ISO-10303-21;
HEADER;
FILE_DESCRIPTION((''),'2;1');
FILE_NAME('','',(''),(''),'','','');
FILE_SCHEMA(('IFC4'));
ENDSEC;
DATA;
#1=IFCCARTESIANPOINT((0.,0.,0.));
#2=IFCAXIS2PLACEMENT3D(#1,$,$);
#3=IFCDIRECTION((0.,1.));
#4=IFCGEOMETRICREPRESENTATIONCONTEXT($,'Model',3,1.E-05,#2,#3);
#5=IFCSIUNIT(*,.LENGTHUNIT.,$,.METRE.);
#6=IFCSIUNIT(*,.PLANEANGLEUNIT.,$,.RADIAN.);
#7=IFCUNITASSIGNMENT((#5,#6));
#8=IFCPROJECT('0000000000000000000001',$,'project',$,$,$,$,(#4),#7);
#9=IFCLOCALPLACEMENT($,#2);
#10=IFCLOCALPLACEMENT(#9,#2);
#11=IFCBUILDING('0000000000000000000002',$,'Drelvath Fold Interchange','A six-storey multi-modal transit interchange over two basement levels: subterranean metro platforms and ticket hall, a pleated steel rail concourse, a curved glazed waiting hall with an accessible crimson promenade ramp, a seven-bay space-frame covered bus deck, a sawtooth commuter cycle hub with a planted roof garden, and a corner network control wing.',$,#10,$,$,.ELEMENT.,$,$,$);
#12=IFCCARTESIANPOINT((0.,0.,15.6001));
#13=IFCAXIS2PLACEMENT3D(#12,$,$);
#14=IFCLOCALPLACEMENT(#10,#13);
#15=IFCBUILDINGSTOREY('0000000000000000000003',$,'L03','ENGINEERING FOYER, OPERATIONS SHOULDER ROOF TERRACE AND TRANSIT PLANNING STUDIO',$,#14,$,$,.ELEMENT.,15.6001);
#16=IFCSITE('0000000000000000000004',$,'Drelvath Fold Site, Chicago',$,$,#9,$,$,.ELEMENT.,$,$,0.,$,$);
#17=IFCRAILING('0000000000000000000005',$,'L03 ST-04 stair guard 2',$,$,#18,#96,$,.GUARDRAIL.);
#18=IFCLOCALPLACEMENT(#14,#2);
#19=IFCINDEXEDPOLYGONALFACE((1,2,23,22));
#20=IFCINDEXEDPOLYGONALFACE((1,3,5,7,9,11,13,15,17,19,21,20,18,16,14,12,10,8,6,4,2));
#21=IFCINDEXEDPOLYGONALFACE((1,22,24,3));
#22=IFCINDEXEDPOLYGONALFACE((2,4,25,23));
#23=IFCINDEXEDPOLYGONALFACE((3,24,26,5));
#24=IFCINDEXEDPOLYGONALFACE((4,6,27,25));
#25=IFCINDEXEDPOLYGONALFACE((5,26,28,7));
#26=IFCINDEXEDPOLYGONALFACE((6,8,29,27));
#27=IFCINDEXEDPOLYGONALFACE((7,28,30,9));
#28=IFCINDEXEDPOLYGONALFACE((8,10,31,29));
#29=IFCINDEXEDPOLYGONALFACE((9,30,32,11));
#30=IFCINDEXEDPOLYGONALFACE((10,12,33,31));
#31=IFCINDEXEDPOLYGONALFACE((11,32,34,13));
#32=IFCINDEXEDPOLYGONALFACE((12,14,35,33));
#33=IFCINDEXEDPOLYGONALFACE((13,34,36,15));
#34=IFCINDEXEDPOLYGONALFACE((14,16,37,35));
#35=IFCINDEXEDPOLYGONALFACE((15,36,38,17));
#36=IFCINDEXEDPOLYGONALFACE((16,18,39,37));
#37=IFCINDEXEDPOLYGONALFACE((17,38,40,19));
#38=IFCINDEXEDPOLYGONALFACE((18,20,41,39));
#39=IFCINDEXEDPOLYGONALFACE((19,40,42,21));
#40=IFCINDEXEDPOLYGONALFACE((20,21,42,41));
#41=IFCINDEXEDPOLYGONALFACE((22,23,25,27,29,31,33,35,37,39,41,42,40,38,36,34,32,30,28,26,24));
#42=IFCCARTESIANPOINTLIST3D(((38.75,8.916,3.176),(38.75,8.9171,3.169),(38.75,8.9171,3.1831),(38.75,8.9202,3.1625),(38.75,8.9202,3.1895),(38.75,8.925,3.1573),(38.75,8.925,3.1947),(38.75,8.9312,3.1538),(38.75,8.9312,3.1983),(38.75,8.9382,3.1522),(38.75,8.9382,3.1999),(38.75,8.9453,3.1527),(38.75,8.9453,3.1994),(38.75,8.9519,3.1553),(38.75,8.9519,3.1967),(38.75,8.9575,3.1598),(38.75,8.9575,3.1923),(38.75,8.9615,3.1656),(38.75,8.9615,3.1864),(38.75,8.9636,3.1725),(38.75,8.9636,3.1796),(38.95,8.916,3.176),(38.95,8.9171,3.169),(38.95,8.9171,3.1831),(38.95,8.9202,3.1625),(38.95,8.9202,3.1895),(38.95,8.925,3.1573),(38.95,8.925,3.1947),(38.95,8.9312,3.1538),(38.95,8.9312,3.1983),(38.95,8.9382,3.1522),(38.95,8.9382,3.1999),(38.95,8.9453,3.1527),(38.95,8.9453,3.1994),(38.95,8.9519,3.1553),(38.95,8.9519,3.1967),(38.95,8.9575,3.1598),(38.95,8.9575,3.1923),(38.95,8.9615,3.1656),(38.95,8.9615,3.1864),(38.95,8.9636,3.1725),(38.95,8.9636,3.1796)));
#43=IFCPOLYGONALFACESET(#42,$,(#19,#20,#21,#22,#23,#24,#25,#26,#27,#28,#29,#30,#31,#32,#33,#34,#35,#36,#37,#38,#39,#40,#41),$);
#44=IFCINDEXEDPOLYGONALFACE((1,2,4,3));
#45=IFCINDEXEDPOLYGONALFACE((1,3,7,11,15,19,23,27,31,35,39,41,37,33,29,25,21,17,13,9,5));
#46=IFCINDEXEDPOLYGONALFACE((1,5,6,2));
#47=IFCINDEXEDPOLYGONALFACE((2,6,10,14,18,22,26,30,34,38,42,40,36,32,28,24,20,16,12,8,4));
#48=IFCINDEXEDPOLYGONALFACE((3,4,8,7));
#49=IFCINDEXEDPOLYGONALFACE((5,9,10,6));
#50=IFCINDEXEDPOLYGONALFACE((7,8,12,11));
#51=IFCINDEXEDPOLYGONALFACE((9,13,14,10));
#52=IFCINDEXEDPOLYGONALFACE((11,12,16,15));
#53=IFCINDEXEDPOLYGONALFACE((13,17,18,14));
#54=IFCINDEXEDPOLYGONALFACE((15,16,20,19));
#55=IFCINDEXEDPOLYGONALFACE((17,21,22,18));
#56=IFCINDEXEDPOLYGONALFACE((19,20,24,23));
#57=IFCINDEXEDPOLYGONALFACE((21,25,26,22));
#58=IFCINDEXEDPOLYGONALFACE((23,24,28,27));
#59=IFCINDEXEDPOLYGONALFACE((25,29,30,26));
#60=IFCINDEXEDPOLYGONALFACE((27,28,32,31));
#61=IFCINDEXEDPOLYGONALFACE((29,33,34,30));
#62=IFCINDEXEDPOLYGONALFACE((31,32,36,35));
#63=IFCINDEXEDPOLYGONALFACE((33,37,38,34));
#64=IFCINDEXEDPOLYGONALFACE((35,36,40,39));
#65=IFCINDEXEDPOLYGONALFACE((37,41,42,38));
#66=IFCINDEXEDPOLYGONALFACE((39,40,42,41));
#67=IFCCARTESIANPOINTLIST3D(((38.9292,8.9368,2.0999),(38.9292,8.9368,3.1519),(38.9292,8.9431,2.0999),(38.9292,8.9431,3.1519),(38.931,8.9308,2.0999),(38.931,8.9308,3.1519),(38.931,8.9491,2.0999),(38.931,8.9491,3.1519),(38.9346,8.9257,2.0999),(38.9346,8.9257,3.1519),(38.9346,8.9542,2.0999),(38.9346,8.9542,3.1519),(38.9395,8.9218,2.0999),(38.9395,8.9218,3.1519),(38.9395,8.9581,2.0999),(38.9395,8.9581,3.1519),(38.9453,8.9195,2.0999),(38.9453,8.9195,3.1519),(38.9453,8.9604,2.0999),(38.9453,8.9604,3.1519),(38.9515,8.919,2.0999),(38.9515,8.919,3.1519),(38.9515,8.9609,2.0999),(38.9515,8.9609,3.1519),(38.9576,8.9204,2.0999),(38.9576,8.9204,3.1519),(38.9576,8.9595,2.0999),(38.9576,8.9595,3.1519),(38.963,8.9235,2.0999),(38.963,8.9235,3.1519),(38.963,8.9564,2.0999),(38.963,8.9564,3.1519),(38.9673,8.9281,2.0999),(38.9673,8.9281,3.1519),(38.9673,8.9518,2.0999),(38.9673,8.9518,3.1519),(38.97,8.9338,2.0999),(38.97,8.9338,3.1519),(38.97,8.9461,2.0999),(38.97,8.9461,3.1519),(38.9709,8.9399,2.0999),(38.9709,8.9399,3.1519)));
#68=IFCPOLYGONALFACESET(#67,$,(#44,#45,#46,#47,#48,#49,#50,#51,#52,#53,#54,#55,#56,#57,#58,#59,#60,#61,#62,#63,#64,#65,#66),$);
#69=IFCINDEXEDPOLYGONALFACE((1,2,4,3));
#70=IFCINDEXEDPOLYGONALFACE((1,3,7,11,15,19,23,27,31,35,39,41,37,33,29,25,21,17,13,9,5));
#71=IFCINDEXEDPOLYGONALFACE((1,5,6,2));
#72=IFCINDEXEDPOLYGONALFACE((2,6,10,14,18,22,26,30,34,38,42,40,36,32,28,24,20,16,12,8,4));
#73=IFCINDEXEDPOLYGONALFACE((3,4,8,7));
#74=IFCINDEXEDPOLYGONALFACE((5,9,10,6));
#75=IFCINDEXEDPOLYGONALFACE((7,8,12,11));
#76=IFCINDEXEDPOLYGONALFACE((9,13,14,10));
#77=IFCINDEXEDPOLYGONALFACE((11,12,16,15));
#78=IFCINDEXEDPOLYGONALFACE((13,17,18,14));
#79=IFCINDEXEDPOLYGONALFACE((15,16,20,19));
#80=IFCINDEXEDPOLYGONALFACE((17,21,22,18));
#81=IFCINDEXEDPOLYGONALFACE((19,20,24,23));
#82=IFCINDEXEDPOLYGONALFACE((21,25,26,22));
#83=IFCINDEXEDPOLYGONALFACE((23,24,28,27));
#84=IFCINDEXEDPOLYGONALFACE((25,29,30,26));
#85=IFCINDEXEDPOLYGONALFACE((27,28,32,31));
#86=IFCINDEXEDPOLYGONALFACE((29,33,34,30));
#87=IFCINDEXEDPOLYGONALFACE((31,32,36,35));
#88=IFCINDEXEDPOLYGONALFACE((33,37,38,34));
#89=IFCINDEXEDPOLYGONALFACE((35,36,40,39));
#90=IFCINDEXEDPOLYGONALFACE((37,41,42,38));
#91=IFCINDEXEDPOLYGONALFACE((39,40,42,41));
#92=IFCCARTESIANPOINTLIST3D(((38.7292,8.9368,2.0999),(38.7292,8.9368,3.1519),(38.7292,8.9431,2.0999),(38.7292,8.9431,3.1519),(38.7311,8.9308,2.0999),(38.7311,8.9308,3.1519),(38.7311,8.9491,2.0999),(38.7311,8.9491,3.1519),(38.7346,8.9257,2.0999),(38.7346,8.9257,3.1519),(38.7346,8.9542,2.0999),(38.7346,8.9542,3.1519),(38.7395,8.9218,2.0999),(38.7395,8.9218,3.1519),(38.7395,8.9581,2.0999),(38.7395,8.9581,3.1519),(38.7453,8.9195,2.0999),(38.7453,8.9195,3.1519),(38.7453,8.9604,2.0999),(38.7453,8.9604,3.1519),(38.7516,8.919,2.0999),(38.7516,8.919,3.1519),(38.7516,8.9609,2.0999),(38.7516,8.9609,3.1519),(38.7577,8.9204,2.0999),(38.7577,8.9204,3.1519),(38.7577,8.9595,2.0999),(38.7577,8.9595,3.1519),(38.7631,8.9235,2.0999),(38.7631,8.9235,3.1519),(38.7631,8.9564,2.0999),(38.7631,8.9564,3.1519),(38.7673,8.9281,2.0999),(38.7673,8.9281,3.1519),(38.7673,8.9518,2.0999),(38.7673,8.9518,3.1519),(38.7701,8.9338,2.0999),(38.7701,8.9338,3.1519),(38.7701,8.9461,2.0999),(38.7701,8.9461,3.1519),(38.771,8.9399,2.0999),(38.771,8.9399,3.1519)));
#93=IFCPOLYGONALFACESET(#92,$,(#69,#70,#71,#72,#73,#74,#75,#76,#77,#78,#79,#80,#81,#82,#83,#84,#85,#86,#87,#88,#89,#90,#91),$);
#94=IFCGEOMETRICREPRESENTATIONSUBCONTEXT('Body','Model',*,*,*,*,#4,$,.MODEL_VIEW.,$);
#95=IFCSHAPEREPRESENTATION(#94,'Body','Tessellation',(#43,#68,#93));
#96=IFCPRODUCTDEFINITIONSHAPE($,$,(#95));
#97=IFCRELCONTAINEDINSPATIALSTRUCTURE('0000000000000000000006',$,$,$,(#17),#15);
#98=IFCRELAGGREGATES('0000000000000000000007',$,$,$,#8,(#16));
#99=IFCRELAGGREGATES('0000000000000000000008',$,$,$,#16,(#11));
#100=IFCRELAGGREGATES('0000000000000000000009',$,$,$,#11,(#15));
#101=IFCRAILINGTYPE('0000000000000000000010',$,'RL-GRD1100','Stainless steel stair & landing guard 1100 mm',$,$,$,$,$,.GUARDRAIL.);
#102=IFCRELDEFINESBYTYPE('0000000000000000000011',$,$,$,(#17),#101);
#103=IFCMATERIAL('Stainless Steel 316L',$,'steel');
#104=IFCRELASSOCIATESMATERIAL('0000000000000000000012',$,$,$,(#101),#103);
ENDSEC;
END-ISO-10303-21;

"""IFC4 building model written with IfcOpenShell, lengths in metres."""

from ifc_helpers import new_model, si_unit, direction, frame, origin, origin_2d, place, context, subcontext, project, spatial, circle, extrude, material, type_object, element, save


model = new_model("IFC4")

# Units and contexts
model_context = context("Model", 3, precision=1e-05, world=origin(), true_north=direction((0.0, 1.0)))
body_context = subcontext(model_context, "Body", "Model", "MODEL_VIEW")
ifc_project = project(units=[si_unit("LENGTHUNIT", "METRE"), si_unit("PLANEANGLEUNIT", "RADIAN")], contexts=[model_context])

# Site, building, storey
site_placement = place(None, origin())
site = spatial("IfcSite", under=ifc_project, at=site_placement, Name="Drelvath Fold Site, Chicago", CompositionType="ELEMENT", RefElevation=0.0)
building_placement = place(site_placement, origin())
building = spatial("IfcBuilding", under=site, at=building_placement, Name="Drelvath Fold Interchange", Description="A six-storey multi-modal transit interchange over two basement levels: subterranean metro platforms and ticket hall, a pleated steel rail concourse, a curved glazed waiting hall with an accessible crimson promenade ramp, a seven-bay space-frame covered bus deck, a sawtooth commuter cycle hub with a planted roof garden, and a corner network control wing.", CompositionType="ELEMENT")
storey_placement = place(building_placement, frame((0.0, 0.0, 15.6001)))
storey = spatial("IfcBuildingStorey", under=building, at=storey_placement, Name="L03", Description="ENGINEERING FOYER, OPERATIONS SHOULDER ROOF TERRACE AND TRANSIT PLANNING STUDIO", CompositionType="ELEMENT", Elevation=15.6001)

# Railing
ifc_material_1 = material(Name="Stainless Steel 316L", Category="steel")
railing_type = type_object("IfcRailingType", Name="RL-GRD1100", Description="Stainless steel stair & landing guard 1100 mm", PredefinedType="GUARDRAIL", material=ifc_material_1)
railing_1_placement = place(storey_placement, frame((38.95, 8.9399, 2.0999)))
element("IfcRailing", 1, at=railing_1_placement, inside=storey, type_object=railing_type, Name="L03 ST-04 stair guard 2", PredefinedType="GUARDRAIL", context=body_context, shape_type="SweptSolid", body=[
    extrude(circle(Radius=0.0239, at=origin_2d()), frame((0.0, 0.0, 1.0762), z_axis=(-1.0, 0.0, 0.0), x_axis=(0.0, -1.0, 0.0)), (0.0, 0.0, 1.0), 0.2),
    extrude(circle(Radius=0.021, at=origin_2d()), origin(), (0.0, 0.0, 1.0), 1.052),
    extrude(circle(Radius=0.021, at=origin_2d()), frame((-0.2, 0.0, 0.0)), (0.0, 0.0, 1.0), 1.052),
])

save(model, "model.ifc")
